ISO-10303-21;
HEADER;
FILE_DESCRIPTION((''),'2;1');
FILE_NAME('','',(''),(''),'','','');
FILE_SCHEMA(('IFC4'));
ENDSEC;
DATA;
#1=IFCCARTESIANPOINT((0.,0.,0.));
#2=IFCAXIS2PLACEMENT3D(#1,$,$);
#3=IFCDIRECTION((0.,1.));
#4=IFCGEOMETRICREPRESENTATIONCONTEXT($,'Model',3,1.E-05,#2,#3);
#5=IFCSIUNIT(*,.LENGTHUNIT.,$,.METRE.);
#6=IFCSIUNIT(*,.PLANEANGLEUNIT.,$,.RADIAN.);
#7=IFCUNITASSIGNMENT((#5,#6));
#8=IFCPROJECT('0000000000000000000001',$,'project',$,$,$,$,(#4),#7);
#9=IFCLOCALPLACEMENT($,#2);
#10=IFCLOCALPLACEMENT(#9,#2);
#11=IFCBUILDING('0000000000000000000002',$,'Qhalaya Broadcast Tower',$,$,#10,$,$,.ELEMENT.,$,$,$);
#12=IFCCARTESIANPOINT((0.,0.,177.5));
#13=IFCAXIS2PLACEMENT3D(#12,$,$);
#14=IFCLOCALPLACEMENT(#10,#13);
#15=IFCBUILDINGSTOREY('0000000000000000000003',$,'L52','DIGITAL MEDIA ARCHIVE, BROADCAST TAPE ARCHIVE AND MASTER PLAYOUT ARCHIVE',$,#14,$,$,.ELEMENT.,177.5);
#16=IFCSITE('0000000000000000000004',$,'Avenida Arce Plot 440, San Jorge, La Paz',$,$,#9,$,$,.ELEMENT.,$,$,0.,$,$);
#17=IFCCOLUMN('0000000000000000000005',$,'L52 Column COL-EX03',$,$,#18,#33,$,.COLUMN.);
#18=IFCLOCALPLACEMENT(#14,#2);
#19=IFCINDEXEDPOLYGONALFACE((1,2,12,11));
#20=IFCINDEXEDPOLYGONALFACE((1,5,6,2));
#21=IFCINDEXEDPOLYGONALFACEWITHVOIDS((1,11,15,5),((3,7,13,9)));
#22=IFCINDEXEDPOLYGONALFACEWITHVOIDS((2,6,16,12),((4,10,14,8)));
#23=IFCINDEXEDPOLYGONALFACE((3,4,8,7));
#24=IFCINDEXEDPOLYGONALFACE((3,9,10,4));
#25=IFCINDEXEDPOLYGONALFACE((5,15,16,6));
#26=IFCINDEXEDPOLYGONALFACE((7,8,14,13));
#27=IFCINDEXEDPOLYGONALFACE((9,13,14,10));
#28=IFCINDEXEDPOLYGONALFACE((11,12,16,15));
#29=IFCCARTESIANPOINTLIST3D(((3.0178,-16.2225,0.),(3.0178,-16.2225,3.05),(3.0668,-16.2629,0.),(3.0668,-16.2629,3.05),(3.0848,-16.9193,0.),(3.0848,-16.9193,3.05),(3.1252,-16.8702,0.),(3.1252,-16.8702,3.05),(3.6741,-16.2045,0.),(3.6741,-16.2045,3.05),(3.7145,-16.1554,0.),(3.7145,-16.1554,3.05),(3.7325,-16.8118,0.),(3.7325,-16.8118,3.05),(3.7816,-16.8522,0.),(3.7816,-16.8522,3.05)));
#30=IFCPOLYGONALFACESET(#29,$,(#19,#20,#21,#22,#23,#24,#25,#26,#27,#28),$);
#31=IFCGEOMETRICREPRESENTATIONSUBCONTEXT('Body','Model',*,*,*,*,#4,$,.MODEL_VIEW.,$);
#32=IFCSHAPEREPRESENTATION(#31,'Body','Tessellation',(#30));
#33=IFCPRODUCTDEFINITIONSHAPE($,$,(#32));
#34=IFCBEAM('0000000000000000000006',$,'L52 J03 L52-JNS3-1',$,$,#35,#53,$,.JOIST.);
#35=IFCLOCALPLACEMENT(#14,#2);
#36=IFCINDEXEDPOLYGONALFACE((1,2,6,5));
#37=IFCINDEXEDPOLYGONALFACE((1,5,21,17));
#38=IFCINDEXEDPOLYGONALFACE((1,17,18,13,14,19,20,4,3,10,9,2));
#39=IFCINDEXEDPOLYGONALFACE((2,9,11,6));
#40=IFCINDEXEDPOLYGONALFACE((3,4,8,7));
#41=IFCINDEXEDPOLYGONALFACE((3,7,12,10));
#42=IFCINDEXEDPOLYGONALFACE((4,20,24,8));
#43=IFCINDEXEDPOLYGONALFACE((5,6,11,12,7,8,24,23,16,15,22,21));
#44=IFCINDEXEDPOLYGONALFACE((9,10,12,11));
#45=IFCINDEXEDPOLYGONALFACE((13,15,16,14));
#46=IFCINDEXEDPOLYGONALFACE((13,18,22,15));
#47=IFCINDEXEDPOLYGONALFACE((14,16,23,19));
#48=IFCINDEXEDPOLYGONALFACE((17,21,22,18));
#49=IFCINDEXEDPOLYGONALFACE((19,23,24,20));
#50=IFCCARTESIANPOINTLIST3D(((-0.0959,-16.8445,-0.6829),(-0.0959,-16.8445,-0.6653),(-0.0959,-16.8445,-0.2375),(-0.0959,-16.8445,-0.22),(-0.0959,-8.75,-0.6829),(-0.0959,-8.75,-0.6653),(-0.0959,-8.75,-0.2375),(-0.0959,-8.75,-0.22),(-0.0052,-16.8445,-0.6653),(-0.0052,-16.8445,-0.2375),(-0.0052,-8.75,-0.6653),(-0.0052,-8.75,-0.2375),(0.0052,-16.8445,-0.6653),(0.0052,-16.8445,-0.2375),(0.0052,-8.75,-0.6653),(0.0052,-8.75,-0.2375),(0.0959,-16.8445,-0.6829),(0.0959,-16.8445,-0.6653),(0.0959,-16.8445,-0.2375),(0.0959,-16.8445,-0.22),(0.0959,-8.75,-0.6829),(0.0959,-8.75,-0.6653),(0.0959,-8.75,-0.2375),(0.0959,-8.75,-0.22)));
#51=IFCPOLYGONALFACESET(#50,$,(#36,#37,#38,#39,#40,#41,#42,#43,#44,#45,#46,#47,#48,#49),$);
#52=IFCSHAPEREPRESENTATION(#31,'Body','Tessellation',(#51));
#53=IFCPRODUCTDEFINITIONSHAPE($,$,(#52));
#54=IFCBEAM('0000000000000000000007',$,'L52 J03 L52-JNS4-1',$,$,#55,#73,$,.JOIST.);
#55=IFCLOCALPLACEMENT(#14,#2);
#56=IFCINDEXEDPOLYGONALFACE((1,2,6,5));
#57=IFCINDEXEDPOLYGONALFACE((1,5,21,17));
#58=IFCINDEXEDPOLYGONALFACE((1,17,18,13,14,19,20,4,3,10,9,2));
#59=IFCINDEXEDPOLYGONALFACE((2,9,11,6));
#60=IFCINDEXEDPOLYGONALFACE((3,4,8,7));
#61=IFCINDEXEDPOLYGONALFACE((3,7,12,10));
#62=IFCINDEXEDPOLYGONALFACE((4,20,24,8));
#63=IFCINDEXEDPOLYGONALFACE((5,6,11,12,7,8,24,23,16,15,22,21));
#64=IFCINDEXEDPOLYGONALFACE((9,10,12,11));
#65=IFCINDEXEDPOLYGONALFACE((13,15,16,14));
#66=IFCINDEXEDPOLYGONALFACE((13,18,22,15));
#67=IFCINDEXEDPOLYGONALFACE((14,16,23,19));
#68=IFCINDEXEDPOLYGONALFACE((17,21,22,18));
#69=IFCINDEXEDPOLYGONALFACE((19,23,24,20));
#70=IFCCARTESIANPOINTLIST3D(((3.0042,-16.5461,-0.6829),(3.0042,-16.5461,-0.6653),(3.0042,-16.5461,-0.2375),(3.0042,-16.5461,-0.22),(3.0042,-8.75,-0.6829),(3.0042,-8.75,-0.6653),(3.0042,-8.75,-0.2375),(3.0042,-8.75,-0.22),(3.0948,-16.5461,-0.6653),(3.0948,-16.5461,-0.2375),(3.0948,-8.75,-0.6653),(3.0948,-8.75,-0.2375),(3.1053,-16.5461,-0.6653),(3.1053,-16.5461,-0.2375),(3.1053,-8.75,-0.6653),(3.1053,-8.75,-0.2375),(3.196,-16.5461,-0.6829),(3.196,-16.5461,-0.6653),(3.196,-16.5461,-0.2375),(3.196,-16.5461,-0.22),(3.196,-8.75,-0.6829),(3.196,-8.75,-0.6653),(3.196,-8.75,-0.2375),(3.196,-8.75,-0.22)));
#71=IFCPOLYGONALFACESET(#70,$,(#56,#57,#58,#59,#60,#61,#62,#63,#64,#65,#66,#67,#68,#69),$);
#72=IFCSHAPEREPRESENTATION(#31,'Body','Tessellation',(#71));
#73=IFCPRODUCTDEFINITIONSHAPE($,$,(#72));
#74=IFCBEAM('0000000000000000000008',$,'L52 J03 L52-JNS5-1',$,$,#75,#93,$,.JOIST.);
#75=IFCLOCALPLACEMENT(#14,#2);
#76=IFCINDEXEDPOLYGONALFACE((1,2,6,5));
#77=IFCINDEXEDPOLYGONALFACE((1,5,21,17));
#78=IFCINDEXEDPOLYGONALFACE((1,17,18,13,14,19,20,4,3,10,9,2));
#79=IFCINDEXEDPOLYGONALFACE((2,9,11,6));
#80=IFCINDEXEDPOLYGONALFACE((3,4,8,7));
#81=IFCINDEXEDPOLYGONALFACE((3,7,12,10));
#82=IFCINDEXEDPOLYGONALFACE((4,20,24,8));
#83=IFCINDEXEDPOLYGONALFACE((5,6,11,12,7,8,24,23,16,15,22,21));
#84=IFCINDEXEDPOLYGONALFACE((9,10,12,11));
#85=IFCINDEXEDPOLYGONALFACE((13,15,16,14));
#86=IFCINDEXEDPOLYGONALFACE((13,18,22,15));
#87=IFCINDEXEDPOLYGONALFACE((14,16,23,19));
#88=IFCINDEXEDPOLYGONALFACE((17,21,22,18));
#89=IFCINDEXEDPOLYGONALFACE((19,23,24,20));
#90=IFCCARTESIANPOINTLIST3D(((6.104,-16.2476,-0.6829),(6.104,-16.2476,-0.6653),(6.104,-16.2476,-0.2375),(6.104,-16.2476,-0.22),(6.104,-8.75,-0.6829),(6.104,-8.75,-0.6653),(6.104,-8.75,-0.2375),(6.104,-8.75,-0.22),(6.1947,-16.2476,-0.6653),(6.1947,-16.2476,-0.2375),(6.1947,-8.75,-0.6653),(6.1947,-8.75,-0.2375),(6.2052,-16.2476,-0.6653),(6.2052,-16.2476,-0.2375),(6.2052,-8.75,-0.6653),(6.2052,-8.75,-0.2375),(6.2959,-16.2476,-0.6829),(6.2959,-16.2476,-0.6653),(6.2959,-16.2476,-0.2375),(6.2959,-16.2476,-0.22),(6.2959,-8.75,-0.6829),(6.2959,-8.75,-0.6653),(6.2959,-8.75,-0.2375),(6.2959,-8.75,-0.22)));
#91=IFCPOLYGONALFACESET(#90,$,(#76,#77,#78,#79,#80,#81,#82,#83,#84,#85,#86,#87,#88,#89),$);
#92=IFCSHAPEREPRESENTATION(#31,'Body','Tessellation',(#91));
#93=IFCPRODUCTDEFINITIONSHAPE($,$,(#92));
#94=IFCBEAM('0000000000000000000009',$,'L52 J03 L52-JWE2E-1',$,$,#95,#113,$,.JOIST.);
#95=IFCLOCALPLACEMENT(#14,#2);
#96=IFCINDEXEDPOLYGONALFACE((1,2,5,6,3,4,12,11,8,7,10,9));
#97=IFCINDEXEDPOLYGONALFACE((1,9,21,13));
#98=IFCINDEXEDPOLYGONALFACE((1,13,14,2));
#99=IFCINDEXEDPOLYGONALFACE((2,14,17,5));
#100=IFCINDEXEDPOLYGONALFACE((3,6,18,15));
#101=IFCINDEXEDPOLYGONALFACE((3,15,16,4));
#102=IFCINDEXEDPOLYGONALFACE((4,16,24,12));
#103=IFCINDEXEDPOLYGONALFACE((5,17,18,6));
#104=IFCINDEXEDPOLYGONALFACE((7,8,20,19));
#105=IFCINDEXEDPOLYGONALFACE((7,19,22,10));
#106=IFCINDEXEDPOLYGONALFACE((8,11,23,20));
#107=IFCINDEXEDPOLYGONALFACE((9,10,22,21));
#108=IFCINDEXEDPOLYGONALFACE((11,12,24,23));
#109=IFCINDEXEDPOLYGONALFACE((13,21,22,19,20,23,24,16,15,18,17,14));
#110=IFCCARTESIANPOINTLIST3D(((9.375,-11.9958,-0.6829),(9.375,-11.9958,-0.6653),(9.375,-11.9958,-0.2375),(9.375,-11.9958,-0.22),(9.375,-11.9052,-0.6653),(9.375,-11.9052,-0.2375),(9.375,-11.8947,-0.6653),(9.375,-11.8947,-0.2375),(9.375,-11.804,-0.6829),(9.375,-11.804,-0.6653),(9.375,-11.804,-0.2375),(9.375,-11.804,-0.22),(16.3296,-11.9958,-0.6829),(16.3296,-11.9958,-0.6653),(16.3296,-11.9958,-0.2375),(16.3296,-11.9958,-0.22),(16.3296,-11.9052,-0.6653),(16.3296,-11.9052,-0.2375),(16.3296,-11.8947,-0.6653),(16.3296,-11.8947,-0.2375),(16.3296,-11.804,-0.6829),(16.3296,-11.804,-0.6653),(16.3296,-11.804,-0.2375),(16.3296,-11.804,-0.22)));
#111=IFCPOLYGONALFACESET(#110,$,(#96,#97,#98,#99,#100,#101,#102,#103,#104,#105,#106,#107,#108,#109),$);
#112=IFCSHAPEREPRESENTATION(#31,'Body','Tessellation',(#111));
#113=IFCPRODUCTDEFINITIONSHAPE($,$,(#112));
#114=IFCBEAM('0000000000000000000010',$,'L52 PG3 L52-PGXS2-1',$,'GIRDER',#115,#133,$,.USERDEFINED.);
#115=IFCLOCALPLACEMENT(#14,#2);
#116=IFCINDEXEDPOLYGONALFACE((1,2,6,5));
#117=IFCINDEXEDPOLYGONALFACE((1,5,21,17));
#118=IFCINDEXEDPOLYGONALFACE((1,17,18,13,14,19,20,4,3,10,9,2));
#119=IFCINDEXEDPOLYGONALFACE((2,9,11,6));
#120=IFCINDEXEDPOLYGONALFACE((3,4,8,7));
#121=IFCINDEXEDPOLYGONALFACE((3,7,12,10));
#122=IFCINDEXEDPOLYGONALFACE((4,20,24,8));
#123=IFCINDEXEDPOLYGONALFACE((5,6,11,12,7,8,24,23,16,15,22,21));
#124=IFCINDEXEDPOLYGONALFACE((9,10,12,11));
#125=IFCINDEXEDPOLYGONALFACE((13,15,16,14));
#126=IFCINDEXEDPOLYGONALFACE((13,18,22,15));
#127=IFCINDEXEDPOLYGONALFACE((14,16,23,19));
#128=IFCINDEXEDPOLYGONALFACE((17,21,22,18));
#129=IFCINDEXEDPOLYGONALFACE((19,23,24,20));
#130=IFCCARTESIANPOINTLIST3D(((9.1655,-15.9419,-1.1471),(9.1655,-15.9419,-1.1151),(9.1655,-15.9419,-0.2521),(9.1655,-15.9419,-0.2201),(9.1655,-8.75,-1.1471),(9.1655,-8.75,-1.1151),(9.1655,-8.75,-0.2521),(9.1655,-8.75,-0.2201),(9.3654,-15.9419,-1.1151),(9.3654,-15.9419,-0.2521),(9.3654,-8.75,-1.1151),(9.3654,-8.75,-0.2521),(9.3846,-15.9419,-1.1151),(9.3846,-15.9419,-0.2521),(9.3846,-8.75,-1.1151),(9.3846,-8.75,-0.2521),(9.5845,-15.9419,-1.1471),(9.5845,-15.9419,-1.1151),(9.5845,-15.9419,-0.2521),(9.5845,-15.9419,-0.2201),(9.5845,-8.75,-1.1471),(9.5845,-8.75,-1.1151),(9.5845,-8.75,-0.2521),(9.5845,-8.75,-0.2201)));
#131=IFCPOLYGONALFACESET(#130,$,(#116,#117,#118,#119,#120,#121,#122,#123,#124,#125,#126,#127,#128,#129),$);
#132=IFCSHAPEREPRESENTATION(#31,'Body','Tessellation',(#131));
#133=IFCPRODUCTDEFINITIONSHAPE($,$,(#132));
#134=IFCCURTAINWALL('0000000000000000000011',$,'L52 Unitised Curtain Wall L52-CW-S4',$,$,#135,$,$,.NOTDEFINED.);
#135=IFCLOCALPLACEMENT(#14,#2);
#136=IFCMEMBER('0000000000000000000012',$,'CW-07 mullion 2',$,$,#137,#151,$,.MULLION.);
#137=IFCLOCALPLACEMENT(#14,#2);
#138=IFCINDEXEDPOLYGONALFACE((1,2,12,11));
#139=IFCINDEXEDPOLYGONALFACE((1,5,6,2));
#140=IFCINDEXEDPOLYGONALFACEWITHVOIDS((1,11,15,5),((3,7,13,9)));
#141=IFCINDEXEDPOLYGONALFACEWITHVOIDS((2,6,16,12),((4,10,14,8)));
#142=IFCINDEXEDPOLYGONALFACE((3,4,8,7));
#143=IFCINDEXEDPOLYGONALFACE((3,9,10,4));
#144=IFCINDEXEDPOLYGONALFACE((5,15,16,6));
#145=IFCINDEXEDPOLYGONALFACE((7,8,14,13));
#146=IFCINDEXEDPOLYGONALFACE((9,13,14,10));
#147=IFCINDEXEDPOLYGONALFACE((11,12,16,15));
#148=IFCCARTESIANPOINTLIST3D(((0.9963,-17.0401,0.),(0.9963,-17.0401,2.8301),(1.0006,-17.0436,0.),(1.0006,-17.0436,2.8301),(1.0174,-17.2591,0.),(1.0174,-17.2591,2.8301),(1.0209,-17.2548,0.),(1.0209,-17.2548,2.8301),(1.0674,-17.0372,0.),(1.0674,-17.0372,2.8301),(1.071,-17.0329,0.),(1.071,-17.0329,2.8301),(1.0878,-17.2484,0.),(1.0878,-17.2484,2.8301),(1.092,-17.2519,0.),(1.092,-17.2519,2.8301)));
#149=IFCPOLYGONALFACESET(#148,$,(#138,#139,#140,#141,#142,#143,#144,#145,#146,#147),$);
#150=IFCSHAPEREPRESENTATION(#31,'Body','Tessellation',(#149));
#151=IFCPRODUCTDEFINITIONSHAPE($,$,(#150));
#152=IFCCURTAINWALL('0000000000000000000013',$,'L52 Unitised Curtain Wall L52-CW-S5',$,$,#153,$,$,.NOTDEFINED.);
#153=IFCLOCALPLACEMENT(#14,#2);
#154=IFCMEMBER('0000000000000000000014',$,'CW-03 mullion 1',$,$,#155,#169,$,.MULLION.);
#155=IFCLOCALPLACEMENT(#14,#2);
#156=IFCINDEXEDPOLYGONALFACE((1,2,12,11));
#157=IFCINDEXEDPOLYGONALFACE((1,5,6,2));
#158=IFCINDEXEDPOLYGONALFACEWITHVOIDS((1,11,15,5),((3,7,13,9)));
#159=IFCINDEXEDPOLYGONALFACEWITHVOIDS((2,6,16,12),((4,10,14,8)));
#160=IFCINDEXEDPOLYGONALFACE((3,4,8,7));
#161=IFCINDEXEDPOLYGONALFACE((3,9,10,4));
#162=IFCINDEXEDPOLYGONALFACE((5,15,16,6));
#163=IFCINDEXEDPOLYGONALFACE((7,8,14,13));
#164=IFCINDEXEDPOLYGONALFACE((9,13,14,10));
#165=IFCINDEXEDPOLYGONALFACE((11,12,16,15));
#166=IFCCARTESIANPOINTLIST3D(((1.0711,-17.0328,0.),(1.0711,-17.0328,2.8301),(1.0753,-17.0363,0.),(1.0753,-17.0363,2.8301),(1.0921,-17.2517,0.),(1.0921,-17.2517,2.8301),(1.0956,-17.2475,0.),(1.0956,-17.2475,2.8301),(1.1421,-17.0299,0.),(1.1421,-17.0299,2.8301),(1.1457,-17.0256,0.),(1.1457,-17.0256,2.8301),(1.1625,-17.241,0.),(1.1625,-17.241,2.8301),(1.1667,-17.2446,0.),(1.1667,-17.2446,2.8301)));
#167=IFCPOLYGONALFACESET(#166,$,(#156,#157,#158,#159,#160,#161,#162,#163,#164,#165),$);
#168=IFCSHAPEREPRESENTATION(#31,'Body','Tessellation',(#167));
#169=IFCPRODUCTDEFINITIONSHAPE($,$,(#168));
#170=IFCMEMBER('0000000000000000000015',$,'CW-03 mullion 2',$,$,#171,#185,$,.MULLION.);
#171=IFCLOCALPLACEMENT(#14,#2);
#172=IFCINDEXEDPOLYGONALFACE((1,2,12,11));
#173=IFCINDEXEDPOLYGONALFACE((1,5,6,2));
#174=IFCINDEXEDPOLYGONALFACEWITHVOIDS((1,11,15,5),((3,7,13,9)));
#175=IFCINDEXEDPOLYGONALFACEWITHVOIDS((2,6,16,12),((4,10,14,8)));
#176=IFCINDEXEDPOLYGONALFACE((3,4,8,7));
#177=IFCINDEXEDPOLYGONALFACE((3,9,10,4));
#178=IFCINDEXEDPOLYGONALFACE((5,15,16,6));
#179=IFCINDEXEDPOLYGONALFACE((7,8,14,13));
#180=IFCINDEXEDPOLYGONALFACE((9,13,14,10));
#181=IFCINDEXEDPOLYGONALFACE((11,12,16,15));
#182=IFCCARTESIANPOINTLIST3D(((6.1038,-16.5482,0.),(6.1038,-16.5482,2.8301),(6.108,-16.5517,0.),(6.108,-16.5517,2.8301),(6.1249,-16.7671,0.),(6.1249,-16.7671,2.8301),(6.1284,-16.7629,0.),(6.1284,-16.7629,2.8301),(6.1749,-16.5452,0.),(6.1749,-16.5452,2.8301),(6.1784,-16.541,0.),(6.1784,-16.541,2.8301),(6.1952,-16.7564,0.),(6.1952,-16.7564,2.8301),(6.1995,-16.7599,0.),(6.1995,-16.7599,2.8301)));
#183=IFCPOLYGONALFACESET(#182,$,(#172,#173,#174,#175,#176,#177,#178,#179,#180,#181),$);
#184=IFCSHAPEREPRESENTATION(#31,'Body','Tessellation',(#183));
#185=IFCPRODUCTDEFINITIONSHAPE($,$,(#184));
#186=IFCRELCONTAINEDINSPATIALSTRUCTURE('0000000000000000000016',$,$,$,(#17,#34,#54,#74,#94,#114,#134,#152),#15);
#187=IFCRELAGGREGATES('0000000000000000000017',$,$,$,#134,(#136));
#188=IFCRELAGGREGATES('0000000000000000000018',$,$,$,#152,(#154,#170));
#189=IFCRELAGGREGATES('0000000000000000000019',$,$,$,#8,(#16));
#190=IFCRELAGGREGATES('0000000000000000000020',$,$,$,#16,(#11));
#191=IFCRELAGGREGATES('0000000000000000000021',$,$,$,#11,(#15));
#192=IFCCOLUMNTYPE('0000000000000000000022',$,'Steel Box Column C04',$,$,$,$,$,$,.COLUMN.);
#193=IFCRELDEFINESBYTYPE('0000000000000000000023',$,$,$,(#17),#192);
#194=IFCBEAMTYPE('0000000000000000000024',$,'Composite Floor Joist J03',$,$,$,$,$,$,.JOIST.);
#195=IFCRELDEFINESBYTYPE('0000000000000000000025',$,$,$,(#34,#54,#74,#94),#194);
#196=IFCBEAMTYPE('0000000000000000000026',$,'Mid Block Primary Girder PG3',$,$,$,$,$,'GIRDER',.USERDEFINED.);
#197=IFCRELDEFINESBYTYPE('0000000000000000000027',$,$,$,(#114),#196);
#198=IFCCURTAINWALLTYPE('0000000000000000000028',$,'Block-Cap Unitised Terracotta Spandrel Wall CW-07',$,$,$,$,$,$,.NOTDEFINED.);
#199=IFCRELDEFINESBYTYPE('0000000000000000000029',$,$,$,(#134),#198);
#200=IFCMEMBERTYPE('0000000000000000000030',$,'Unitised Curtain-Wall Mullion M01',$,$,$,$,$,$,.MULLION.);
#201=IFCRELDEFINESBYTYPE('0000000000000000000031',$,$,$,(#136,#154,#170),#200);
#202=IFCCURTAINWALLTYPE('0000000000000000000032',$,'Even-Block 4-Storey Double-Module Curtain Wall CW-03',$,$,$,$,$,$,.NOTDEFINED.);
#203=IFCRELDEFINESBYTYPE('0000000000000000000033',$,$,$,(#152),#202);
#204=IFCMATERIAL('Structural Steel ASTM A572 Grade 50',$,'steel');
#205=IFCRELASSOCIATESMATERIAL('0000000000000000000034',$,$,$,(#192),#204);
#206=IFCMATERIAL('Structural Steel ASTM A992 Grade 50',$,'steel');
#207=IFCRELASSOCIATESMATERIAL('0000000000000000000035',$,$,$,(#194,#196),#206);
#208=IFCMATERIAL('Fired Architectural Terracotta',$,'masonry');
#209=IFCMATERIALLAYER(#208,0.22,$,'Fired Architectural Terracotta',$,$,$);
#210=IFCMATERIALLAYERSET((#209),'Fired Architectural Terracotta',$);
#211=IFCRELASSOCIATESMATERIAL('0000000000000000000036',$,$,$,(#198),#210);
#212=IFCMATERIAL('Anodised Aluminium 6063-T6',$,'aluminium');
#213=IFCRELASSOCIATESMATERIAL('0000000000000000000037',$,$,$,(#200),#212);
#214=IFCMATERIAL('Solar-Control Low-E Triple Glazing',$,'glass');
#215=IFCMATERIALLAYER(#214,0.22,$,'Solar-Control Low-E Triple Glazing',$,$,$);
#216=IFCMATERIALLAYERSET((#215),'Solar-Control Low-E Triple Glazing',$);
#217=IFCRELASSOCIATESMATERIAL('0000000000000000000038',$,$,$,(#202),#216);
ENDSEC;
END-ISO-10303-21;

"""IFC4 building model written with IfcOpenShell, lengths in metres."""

from ifc_helpers import new_model, si_unit, direction, frame, origin, origin_2d, place, context, subcontext, project, spatial, hollow_rectangle, i_section, extrude, material, layer, layer_set, material_profile, profile_set, type_object, element, aggregate, save


model = new_model("IFC4")

# Units and contexts
model_context = context("Model", 3, precision=1e-05, world=origin(), true_north=direction((0.0, 1.0)))
body_context = subcontext(model_context, "Body", "Model", "MODEL_VIEW")
ifc_project = project(units=[si_unit("LENGTHUNIT", "METRE"), si_unit("PLANEANGLEUNIT", "RADIAN")], contexts=[model_context])

# Site, building, storey
site_placement = place(None, origin())
site = spatial("IfcSite", under=ifc_project, at=site_placement, Name="Avenida Arce Plot 440, San Jorge, La Paz", CompositionType="ELEMENT", RefElevation=0.0)
building_placement = place(site_placement, origin())
building = spatial("IfcBuilding", under=site, at=building_placement, Name="Qhalaya Broadcast Tower", CompositionType="ELEMENT")
storey_placement = place(building_placement, frame((0.0, 0.0, 177.5)))
storey = spatial("IfcBuildingStorey", under=building, at=storey_placement, Name="L52", Description="DIGITAL MEDIA ARCHIVE, BROADCAST TAPE ARCHIVE AND MASTER PLAYOUT ARCHIVE", CompositionType="ELEMENT", Elevation=177.5)

# Column
ifc_material_1 = material(Name="Structural Steel ASTM A572 Grade 50", Category="steel")
ifc_material_profile_1 = material_profile(ifc_material_1, hollow_rectangle(XDim=0.7, YDim=0.7, WallThickness=0.0449, at=origin_2d()), Name="BOX 700x700x45")
ifc_profile_set_1 = profile_set([ifc_material_profile_1], Name="Structural Steel ASTM A572 Grade 50")
column_type = type_object("IfcColumnType", Name="Steel Box Column C04", PredefinedType="COLUMN", material=ifc_profile_set_1)
column_placement = place(storey_placement, frame((3.3997, -16.5374, 0.0), z_axis=(0.0, 0.0, 1.0), x_axis=(0.995396, 0.095846, 0.0)))
element("IfcColumn", 1, at=column_placement, inside=storey, type_object=column_type, Name="L52 Column COL-EX03", PredefinedType="COLUMN", context=body_context, shape_type="SweptSolid", body=[
    extrude(hollow_rectangle(XDim=0.7, YDim=0.7, WallThickness=0.0449, at=origin_2d()), origin(), (0.0, 0.0, 1.0), 3.05),
])

# Beams
ifc_material_2 = material(Name="Structural Steel ASTM A992 Grade 50", Category="steel")
ifc_material_profile_2 = material_profile(ifc_material_2, i_section(OverallWidth=0.1919, OverallDepth=0.4629, WebThickness=0.0105, FlangeThickness=0.0176, at=origin_2d()), Name="W18X60")
ifc_profile_set_2 = profile_set([ifc_material_profile_2], Name="Structural Steel ASTM A992 Grade 50")
beam_type_1 = type_object("IfcBeamType", Name="Composite Floor Joist J03", PredefinedType="JOIST", material=ifc_profile_set_2)
beam_1_placement = place(storey_placement, frame((0.0, -16.8445, -0.4514), z_axis=(0.0, 1.0, 0.0), x_axis=(-1.0, 0.0, 0.0)))
element("IfcBeam", 2, at=beam_1_placement, inside=storey, type_object=beam_type_1, Name="L52 J03 L52-JNS3-1", PredefinedType="JOIST", context=body_context, shape_type="SweptSolid", body=[
    extrude(i_section(OverallWidth=0.1919, OverallDepth=0.4629, WebThickness=0.0105, FlangeThickness=0.0176, at=origin_2d()), origin(), (0.0, 0.0, 1.0), 8.0945),
])
beam_2_placement = place(storey_placement, frame((3.1001, -16.5461, -0.4514), z_axis=(0.0, 1.0, 0.0), x_axis=(-1.0, 0.0, 0.0)))
element("IfcBeam", 3, at=beam_2_placement, inside=storey, type_object=beam_type_1, Name="L52 J03 L52-JNS4-1", PredefinedType="JOIST", context=body_context, shape_type="SweptSolid", body=[
    extrude(i_section(OverallWidth=0.1919, OverallDepth=0.4629, WebThickness=0.0105, FlangeThickness=0.0176, at=origin_2d()), origin(), (0.0, 0.0, 1.0), 7.7961),
])
beam_3_placement = place(storey_placement, frame((6.2, -16.2476, -0.4514), z_axis=(0.0, 1.0, 0.0), x_axis=(-1.0, 0.0, 0.0)))
element("IfcBeam", 4, at=beam_3_placement, inside=storey, type_object=beam_type_1, Name="L52 J03 L52-JNS5-1", PredefinedType="JOIST", context=body_context, shape_type="SweptSolid", body=[
    extrude(i_section(OverallWidth=0.1919, OverallDepth=0.4629, WebThickness=0.0105, FlangeThickness=0.0176, at=origin_2d()), origin(), (0.0, 0.0, 1.0), 7.4976),
])
beam_4_placement = place(storey_placement, frame((9.375, -11.8999, -0.4514), z_axis=(1.0, 0.0, 0.0), x_axis=(0.0, 1.0, 0.0)))
element("IfcBeam", 5, at=beam_4_placement, inside=storey, type_object=beam_type_1, Name="L52 J03 L52-JWE2E-1", PredefinedType="JOIST", context=body_context, shape_type="SweptSolid", body=[
    extrude(i_section(OverallWidth=0.1919, OverallDepth=0.4629, WebThickness=0.0105, FlangeThickness=0.0176, at=origin_2d()), origin(), (0.0, 0.0, 1.0), 6.9546),
])
ifc_material_profile_3 = material_profile(ifc_material_2, i_section(OverallWidth=0.4189, OverallDepth=0.927, WebThickness=0.0193, FlangeThickness=0.032, at=origin_2d()), Name="W36X231")
ifc_profile_set_3 = profile_set([ifc_material_profile_3], Name="Structural Steel ASTM A992 Grade 50")
beam_type_2 = type_object("IfcBeamType", Name="Mid Block Primary Girder PG3", ElementType="GIRDER", PredefinedType="USERDEFINED", material=ifc_profile_set_3)
beam_5_placement = place(storey_placement, frame((9.375, -15.9419, -0.6836), z_axis=(0.0, 1.0, 0.0), x_axis=(-1.0, 0.0, 0.0)))
element("IfcBeam", 6, at=beam_5_placement, inside=storey, type_object=beam_type_2, Name="L52 PG3 L52-PGXS2-1", ObjectType="GIRDER", PredefinedType="USERDEFINED", context=body_context, shape_type="SweptSolid", body=[
    extrude(i_section(OverallWidth=0.4189, OverallDepth=0.927, WebThickness=0.0193, FlangeThickness=0.032, at=origin_2d()), origin(), (0.0, 0.0, 1.0), 7.1919),
])

# Curtain wall, member
ifc_material_3 = material(Name="Fired Architectural Terracotta", Category="masonry")
ifc_layer_1 = layer(ifc_material_3, 0.22, Name="Fired Architectural Terracotta")
ifc_layer_set_1 = layer_set([ifc_layer_1], Name="Fired Architectural Terracotta")
curtain_wall_type_1 = type_object("IfcCurtainWallType", Name="Block-Cap Unitised Terracotta Spandrel Wall CW-07", PredefinedType="NOTDEFINED", material=ifc_layer_set_1)
curtain_wall_1_placement = place(storey_placement, origin())
curtain_wall_1 = element("IfcCurtainWall", 7, at=curtain_wall_1_placement, inside=storey, type_object=curtain_wall_type_1, Name="L52 Unitised Curtain Wall L52-CW-S4", PredefinedType="NOTDEFINED")
ifc_material_4 = material(Name="Anodised Aluminium 6063-T6", Category="aluminium")
ifc_material_profile_4 = material_profile(ifc_material_4, hollow_rectangle(XDim=0.075, YDim=0.22, WallThickness=0.0039, at=origin_2d()), Name="ALU-MUL 75x220x4")
ifc_profile_set_4 = profile_set([ifc_material_profile_4], Name="Anodised Aluminium 6063-T6")
member_type_1 = type_object("IfcMemberType", Name="Unitised Curtain-Wall Mullion M01", PredefinedType="MULLION", material=ifc_profile_set_4)
member_1_placement = place(storey_placement, frame((1.0442, -17.146, 0.0), z_axis=(0.0, 0.0, 1.0), x_axis=(0.995397, 0.095837, 0.0)))
member_1 = element("IfcMember", 8, at=member_1_placement, type_object=member_type_1, Name="CW-07 mullion 2", PredefinedType="MULLION", context=body_context, shape_type="SweptSolid", body=[
    extrude(hollow_rectangle(XDim=0.075, YDim=0.22, WallThickness=0.0039, at=origin_2d()), origin(), (0.0, 0.0, 1.0), 2.8301),
])
aggregate(curtain_wall_1, [member_1])

# Curtain wall, members
ifc_material_5 = material(Name="Solar-Control Low-E Triple Glazing", Category="glass")
ifc_layer_2 = layer(ifc_material_5, 0.22, Name="Solar-Control Low-E Triple Glazing")
ifc_layer_set_2 = layer_set([ifc_layer_2], Name="Solar-Control Low-E Triple Glazing")
curtain_wall_type_2 = type_object("IfcCurtainWallType", Name="Even-Block 4-Storey Double-Module Curtain Wall CW-03", PredefinedType="NOTDEFINED", material=ifc_layer_set_2)
curtain_wall_2_placement = place(storey_placement, origin())
curtain_wall_2 = element("IfcCurtainWall", 9, at=curtain_wall_2_placement, inside=storey, type_object=curtain_wall_type_2, Name="L52 Unitised Curtain Wall L52-CW-S5", PredefinedType="NOTDEFINED")
member_2_placement = place(storey_placement, frame((1.1189, -17.1387, 0.0), z_axis=(0.0, 0.0, 1.0), x_axis=(0.995396, 0.095848, 0.0)))
member_2 = element("IfcMember", 10, at=member_2_placement, type_object=member_type_1, Name="CW-03 mullion 1", PredefinedType="MULLION", context=body_context, shape_type="SweptSolid", body=[
    extrude(hollow_rectangle(XDim=0.075, YDim=0.22, WallThickness=0.0039, at=origin_2d()), origin(), (0.0, 0.0, 1.0), 2.8301),
])
member_3_placement = place(storey_placement, frame((6.1516, -16.6541, 0.0), z_axis=(0.0, 0.0, 1.0), x_axis=(0.995396, 0.095848, 0.0)))
member_3 = element("IfcMember", 11, at=member_3_placement, type_object=member_type_1, Name="CW-03 mullion 2", PredefinedType="MULLION", context=body_context, shape_type="SweptSolid", body=[
    extrude(hollow_rectangle(XDim=0.075, YDim=0.22, WallThickness=0.0039, at=origin_2d()), origin(), (0.0, 0.0, 1.0), 2.8301),
])

aggregate(curtain_wall_2, [member_2, member_3])

save(model, "model.ifc")
